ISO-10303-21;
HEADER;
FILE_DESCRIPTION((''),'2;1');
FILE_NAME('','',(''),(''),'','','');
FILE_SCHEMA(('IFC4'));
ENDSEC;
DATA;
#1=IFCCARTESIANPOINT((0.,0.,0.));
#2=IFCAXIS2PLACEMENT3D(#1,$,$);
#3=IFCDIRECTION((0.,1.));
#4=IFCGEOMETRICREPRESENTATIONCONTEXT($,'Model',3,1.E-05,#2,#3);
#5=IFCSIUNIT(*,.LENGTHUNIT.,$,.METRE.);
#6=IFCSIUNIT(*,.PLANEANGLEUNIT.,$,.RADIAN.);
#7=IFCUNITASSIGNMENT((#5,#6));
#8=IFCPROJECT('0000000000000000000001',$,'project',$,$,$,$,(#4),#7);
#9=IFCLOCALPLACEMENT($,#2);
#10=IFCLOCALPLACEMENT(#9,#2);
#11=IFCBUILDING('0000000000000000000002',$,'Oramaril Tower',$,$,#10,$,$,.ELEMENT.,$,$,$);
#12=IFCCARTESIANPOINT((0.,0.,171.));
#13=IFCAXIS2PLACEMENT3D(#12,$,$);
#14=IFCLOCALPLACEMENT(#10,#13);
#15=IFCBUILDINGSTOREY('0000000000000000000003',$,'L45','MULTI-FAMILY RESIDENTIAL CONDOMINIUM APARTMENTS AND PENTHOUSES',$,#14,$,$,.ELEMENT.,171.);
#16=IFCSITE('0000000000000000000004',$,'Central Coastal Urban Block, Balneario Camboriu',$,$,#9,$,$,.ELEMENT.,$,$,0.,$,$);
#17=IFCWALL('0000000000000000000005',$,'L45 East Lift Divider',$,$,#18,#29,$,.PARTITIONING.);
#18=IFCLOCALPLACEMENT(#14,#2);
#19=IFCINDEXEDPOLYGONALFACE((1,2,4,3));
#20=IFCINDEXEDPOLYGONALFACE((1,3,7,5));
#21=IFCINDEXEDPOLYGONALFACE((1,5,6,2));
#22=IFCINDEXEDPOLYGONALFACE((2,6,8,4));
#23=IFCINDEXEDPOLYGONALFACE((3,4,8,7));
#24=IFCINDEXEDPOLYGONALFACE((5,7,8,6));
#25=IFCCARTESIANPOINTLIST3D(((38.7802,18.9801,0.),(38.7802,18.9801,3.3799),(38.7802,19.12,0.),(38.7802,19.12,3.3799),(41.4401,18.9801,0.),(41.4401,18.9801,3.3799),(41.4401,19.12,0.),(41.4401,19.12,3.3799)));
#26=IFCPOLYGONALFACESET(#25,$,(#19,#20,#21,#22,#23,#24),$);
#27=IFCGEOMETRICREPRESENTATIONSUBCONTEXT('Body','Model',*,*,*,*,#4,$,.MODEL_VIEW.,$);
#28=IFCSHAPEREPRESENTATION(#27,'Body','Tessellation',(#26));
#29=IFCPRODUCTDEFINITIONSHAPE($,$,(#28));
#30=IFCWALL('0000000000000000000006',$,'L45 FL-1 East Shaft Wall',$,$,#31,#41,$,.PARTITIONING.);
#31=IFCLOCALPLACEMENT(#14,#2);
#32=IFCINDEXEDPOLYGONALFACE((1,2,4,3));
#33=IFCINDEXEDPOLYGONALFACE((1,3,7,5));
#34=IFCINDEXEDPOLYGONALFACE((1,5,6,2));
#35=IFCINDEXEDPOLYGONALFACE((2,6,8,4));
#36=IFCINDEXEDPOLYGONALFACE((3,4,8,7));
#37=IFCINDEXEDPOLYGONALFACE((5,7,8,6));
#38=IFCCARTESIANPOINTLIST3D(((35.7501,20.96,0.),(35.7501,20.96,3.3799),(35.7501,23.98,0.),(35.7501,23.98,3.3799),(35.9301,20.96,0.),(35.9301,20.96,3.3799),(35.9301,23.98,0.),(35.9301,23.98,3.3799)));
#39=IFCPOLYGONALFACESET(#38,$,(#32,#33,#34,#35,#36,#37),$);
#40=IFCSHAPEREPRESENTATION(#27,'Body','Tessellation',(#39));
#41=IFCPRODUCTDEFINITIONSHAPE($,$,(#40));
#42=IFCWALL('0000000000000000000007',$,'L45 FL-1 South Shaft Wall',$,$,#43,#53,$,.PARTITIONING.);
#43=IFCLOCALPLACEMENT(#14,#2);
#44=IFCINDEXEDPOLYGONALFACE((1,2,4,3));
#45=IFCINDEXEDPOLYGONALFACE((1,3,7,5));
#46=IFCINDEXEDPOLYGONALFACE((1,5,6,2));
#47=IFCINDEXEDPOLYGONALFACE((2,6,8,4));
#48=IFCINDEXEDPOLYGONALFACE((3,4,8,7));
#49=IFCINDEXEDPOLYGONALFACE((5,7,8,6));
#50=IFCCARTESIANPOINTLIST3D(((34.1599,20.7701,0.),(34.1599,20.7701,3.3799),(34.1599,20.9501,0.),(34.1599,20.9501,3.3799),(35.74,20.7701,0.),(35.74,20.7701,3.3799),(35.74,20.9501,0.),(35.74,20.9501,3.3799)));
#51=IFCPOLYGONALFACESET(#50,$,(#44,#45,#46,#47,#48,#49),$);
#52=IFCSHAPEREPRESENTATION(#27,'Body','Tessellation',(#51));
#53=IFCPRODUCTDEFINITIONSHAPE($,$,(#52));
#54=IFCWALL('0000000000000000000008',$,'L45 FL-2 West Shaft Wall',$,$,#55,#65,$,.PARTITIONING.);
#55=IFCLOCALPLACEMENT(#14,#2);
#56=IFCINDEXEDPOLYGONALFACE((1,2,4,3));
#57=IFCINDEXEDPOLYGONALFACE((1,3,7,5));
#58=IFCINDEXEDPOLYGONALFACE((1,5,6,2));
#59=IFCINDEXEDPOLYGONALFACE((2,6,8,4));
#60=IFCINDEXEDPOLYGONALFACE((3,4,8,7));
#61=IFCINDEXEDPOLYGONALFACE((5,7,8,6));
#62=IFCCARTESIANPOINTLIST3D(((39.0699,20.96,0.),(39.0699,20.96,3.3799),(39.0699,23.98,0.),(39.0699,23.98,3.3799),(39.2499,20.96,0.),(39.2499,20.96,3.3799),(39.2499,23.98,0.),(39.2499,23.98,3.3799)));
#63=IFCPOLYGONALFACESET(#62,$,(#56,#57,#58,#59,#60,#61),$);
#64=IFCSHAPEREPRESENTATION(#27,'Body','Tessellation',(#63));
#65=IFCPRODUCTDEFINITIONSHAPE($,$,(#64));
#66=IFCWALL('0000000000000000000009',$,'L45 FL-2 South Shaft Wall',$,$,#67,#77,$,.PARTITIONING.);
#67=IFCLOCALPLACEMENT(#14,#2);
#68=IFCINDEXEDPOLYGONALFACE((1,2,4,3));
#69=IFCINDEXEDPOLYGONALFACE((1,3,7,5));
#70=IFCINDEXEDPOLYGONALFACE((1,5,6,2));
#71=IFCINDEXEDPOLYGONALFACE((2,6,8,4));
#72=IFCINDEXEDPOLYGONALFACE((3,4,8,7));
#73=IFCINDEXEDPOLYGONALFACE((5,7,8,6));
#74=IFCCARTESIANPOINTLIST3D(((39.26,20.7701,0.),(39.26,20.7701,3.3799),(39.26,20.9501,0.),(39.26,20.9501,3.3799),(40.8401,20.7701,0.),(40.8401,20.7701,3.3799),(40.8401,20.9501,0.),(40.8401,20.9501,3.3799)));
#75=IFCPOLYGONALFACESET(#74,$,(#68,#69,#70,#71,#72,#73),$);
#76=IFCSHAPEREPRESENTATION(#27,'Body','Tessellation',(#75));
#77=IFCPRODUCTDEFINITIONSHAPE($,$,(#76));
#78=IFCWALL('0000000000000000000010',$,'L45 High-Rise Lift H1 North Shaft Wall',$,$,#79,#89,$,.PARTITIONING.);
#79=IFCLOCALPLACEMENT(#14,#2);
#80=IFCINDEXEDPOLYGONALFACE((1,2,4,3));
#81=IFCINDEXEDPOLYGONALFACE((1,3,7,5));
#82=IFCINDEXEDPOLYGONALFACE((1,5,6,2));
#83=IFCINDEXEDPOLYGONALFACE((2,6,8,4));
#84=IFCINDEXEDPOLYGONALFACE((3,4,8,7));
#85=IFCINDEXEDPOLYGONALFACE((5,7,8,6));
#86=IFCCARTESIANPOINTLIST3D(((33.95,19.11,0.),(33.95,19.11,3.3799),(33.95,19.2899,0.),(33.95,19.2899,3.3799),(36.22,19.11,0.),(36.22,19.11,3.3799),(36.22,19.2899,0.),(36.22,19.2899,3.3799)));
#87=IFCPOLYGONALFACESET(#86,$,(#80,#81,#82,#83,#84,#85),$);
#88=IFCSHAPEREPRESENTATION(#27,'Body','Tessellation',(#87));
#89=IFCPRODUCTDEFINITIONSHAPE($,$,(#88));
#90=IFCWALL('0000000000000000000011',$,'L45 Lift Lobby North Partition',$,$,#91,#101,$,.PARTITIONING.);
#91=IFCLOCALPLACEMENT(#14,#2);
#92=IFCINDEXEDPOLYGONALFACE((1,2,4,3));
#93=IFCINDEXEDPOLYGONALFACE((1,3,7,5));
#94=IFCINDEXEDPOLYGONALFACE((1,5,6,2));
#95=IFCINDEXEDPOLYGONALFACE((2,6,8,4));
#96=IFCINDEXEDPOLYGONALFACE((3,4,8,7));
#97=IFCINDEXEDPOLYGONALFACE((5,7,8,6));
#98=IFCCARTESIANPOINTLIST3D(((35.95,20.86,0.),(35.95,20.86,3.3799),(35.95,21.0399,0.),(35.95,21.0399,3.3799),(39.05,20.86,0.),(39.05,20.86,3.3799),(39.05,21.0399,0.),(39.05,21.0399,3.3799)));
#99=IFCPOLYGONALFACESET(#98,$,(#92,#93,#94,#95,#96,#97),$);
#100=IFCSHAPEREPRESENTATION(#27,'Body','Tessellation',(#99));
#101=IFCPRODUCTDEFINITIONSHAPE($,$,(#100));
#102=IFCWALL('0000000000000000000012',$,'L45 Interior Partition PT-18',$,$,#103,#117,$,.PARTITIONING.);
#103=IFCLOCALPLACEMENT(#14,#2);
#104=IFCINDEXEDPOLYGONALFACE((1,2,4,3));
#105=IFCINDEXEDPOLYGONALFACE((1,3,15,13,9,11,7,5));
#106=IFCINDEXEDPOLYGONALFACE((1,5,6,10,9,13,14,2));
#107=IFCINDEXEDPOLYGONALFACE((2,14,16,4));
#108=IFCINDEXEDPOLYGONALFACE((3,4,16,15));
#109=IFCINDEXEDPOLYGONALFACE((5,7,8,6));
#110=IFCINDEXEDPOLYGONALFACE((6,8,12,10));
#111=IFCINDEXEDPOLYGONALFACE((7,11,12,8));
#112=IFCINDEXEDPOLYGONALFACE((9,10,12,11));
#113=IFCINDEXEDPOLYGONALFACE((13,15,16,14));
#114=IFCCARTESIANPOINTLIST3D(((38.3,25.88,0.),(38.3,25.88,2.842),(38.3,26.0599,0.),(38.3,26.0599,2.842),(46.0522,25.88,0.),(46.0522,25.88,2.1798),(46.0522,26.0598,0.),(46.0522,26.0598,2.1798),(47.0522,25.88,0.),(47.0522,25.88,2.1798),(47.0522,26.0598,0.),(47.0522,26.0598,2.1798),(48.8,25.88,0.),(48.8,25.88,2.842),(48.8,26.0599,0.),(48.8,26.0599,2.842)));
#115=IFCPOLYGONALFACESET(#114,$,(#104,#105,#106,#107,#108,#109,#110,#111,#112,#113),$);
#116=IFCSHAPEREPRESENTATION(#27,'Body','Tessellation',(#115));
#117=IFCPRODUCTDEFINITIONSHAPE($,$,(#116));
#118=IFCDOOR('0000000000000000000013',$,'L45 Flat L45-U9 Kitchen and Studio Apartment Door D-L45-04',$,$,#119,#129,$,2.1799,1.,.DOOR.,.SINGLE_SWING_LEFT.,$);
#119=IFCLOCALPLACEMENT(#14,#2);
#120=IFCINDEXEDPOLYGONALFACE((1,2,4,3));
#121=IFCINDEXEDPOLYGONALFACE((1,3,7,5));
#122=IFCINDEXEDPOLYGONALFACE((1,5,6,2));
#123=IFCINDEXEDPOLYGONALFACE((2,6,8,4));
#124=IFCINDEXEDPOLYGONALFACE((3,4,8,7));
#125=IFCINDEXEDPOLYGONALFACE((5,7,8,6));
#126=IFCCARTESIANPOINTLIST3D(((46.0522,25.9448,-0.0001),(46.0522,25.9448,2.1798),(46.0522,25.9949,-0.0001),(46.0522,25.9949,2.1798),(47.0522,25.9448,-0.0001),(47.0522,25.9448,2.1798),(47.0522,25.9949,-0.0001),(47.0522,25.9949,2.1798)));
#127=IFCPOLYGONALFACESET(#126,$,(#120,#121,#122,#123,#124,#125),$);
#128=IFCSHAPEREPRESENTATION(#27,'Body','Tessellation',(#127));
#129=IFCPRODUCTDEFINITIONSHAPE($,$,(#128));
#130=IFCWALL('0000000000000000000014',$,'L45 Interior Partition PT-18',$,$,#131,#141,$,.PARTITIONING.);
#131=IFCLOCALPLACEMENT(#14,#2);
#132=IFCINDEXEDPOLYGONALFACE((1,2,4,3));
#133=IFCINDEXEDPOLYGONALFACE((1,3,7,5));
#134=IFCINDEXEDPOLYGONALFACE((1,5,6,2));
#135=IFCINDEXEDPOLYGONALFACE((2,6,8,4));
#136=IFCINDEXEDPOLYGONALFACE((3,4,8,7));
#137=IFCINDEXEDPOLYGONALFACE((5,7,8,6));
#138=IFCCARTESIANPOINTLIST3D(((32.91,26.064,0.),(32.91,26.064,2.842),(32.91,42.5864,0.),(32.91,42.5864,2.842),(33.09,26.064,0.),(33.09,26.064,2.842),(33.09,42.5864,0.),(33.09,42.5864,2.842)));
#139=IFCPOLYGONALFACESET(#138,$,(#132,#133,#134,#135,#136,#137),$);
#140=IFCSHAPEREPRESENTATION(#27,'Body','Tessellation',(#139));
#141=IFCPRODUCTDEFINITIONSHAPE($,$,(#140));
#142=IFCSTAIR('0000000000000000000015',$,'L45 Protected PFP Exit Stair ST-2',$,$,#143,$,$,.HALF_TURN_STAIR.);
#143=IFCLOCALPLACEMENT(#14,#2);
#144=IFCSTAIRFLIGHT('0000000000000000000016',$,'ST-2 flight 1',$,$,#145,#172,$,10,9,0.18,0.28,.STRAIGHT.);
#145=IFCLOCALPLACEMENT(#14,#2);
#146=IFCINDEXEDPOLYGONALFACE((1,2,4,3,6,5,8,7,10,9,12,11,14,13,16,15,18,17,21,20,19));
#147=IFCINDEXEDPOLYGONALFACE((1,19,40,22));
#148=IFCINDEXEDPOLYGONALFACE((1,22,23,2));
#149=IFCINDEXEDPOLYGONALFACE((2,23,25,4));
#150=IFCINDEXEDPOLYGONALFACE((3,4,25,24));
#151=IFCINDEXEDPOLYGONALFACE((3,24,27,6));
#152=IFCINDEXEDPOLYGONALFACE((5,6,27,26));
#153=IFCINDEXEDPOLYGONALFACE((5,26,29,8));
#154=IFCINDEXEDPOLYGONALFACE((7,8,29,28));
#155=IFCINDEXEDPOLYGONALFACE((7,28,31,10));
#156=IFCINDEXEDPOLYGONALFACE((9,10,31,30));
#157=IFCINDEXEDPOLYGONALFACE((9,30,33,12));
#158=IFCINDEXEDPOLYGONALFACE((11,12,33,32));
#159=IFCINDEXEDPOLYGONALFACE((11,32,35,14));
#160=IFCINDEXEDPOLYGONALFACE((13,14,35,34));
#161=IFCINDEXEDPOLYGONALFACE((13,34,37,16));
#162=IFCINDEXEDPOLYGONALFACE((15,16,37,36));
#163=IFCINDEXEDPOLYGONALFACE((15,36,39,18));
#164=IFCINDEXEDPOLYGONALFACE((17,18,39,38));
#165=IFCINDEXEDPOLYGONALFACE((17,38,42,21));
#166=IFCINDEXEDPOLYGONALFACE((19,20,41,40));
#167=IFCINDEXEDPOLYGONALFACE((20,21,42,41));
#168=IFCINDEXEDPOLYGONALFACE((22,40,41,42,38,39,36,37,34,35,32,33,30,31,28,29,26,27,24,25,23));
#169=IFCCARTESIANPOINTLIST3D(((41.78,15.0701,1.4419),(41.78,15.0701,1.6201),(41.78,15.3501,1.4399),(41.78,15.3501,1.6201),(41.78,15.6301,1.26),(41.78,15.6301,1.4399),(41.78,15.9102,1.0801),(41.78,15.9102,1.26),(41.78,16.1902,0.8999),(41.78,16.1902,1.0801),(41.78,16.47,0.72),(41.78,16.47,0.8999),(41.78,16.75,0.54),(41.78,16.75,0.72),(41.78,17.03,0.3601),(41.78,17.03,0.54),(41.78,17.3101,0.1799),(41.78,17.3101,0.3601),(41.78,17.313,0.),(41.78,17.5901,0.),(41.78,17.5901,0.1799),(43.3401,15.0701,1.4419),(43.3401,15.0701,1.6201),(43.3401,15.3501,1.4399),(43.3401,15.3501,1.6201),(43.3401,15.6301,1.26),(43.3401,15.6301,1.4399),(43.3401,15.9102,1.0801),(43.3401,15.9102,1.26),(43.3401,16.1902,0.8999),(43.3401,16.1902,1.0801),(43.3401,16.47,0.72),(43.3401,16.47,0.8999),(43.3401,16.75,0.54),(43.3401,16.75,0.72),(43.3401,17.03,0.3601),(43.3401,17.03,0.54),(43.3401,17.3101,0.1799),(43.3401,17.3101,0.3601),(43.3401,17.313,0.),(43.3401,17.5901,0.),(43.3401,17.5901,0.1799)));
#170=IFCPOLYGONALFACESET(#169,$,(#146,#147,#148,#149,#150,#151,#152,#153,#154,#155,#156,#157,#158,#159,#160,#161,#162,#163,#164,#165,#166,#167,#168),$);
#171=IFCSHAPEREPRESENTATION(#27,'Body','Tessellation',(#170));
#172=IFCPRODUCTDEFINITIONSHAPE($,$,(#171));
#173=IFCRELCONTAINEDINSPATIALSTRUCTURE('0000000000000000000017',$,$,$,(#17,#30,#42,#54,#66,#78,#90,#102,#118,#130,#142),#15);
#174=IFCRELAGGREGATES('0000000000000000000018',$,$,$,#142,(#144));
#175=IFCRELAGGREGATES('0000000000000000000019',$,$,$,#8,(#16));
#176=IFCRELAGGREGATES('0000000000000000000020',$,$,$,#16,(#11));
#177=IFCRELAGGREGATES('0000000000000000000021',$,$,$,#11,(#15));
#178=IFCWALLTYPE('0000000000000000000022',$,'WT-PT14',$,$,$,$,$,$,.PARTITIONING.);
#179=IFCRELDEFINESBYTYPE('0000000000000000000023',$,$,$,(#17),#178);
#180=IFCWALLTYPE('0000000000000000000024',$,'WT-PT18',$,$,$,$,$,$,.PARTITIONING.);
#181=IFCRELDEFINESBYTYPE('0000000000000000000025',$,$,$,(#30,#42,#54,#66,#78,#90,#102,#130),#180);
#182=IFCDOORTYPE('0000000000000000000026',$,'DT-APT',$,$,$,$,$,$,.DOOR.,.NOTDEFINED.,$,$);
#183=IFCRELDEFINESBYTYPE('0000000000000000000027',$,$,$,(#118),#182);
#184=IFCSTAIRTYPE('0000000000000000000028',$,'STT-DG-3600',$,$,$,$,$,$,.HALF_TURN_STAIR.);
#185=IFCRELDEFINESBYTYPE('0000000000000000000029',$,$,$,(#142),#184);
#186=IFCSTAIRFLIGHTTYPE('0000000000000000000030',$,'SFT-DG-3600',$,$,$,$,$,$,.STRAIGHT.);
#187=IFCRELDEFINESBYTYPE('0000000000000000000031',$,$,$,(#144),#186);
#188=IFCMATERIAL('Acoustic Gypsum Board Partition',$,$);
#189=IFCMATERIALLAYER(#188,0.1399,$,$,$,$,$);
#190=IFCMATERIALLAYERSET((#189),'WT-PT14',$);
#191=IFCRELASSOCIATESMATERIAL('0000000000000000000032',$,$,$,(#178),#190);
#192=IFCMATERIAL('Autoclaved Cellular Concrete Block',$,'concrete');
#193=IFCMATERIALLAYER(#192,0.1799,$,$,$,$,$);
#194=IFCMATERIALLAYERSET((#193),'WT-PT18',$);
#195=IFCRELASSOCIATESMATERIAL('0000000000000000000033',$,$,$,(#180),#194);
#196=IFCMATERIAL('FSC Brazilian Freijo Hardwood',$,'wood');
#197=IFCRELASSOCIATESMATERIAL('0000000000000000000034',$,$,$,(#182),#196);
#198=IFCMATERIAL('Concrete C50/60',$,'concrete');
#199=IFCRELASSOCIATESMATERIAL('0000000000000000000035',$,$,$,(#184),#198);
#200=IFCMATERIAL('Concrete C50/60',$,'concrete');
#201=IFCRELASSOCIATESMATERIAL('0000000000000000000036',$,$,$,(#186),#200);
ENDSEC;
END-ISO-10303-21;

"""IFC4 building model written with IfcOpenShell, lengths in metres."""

from ifc_helpers import new_model, si_unit, direction, frame, frame_2d, origin, place, context, subcontext, project, spatial, polyline, rectangle, outline, extrude, material, layer, layer_set, type_object, element, fill, aggregate, save


model = new_model("IFC4")

# Units and contexts
model_context = context("Model", 3, precision=1e-05, world=origin(), true_north=direction((0.0, 1.0)))
body_context = subcontext(model_context, "Body", "Model", "MODEL_VIEW")
ifc_project = project(units=[si_unit("LENGTHUNIT", "METRE"), si_unit("PLANEANGLEUNIT", "RADIAN")], contexts=[model_context])

# Site, building, storey
site_placement = place(None, origin())
site = spatial("IfcSite", under=ifc_project, at=site_placement, Name="Central Coastal Urban Block, Balneario Camboriu", CompositionType="ELEMENT", RefElevation=0.0)
building_placement = place(site_placement, origin())
building = spatial("IfcBuilding", under=site, at=building_placement, Name="Oramaril Tower", CompositionType="ELEMENT")
storey_placement = place(building_placement, frame((0.0, 0.0, 171.0)))
storey = spatial("IfcBuildingStorey", under=building, at=storey_placement, Name="L45", Description="MULTI-FAMILY RESIDENTIAL CONDOMINIUM APARTMENTS AND PENTHOUSES", CompositionType="ELEMENT", Elevation=171.0)

# Walls
ifc_material_1 = material(Name="Acoustic Gypsum Board Partition")
ifc_layer_1 = layer(ifc_material_1, 0.1399)
ifc_layer_set_1 = layer_set([ifc_layer_1], Name="WT-PT14")
wall_type_1 = type_object("IfcWallType", Name="WT-PT14", PredefinedType="PARTITIONING", material=ifc_layer_set_1)
wall_1_placement = place(storey_placement, frame((38.78, 19.05, 0.0), z_axis=(0.0, 0.0, 1.0), x_axis=(1.0, 0.0, 0.0)))
element("IfcWall", 1, at=wall_1_placement, inside=storey, type_object=wall_type_1, Name="L45 East Lift Divider", PredefinedType="PARTITIONING", context=body_context, shape_type="SweptSolid", body=[
    extrude(rectangle(XDim=2.6599, YDim=0.1399, at=frame_2d((1.3301, 0.0))), origin(), (0.0, 0.0, 1.0), 3.3799),
])
ifc_material_2 = material(Name="Autoclaved Cellular Concrete Block", Category="concrete")
ifc_layer_2 = layer(ifc_material_2, 0.1799)
ifc_layer_set_2 = layer_set([ifc_layer_2], Name="WT-PT18")
wall_type_2 = type_object("IfcWallType", Name="WT-PT18", PredefinedType="PARTITIONING", material=ifc_layer_set_2)
wall_2_placement = place(storey_placement, frame((35.8401, 20.96, 0.0), z_axis=(0.0, 0.0, 1.0), x_axis=(0.0, 1.0, 0.0)))
element("IfcWall", 2, at=wall_2_placement, inside=storey, type_object=wall_type_2, Name="L45 FL-1 East Shaft Wall", PredefinedType="PARTITIONING", context=body_context, shape_type="SweptSolid", body=[
    extrude(rectangle(XDim=3.02, YDim=0.1799, at=frame_2d((1.51, 0.0))), origin(), (0.0, 0.0, 1.0), 3.3799),
])
wall_3_placement = place(storey_placement, frame((34.1599, 20.8601, 0.0), z_axis=(0.0, 0.0, 1.0), x_axis=(1.0, 0.0, 0.0)))
element("IfcWall", 3, at=wall_3_placement, inside=storey, type_object=wall_type_2, Name="L45 FL-1 South Shaft Wall", PredefinedType="PARTITIONING", context=body_context, shape_type="SweptSolid", body=[
    extrude(rectangle(XDim=1.5801, YDim=0.1799, at=frame_2d((0.79, 0.0))), origin(), (0.0, 0.0, 1.0), 3.3799),
])
wall_4_placement = place(storey_placement, frame((39.1599, 20.96, 0.0), z_axis=(0.0, 0.0, 1.0), x_axis=(0.0, 1.0, 0.0)))
element("IfcWall", 4, at=wall_4_placement, inside=storey, type_object=wall_type_2, Name="L45 FL-2 West Shaft Wall", PredefinedType="PARTITIONING", context=body_context, shape_type="SweptSolid", body=[
    extrude(rectangle(XDim=3.02, YDim=0.1799, at=frame_2d((1.51, 0.0))), origin(), (0.0, 0.0, 1.0), 3.3799),
])
wall_5_placement = place(storey_placement, frame((39.26, 20.8601, 0.0), z_axis=(0.0, 0.0, 1.0), x_axis=(1.0, 0.0, 0.0)))
element("IfcWall", 5, at=wall_5_placement, inside=storey, type_object=wall_type_2, Name="L45 FL-2 South Shaft Wall", PredefinedType="PARTITIONING", context=body_context, shape_type="SweptSolid", body=[
    extrude(rectangle(XDim=1.5801, YDim=0.1799, at=frame_2d((0.79, 0.0))), origin(), (0.0, 0.0, 1.0), 3.3799),
])
wall_6_placement = place(storey_placement, frame((33.95, 19.2, 0.0), z_axis=(0.0, 0.0, 1.0), x_axis=(1.0, 0.0, 0.0)))
element("IfcWall", 6, at=wall_6_placement, inside=storey, type_object=wall_type_2, Name="L45 High-Rise Lift H1 North Shaft Wall", PredefinedType="PARTITIONING", context=body_context, shape_type="SweptSolid", body=[
    extrude(rectangle(XDim=2.27, YDim=0.1799, at=frame_2d((1.135, 0.0))), origin(), (0.0, 0.0, 1.0), 3.3799),
])
wall_7_placement = place(storey_placement, frame((35.95, 20.95, 0.0), z_axis=(0.0, 0.0, 1.0), x_axis=(1.0, 0.0, 0.0)))
element("IfcWall", 7, at=wall_7_placement, inside=storey, type_object=wall_type_2, Name="L45 Lift Lobby North Partition", PredefinedType="PARTITIONING", context=body_context, shape_type="SweptSolid", body=[
    extrude(rectangle(XDim=3.1001, YDim=0.1799, at=frame_2d((1.55, 0.0))), origin(), (0.0, 0.0, 1.0), 3.3799),
])

# Wall, opening, door
wall_8_placement = place(storey_placement, frame((38.3, 25.97, 0.0), z_axis=(0.0, 0.0, 1.0), x_axis=(1.0, 0.0, 0.0)))
wall_8 = element("IfcWall", 8, at=wall_8_placement, inside=storey, type_object=wall_type_2, Name="L45 Interior Partition PT-18", PredefinedType="PARTITIONING", context=body_context, shape_type="SweptSolid", body=[
    extrude(rectangle(XDim=10.5, YDim=0.1799, at=frame_2d((5.25, 0.0))), origin(), (0.0, 0.0, 1.0), 2.842),
])
opening_1_placement = place(wall_8_placement, frame((7.7522, 0.0, 0.0)))
opening_1 = element("IfcOpeningElement", 9, at=opening_1_placement, cuts=wall_8, PredefinedType="OPENING", context=body_context, shape_type="SweptSolid", body=[
    extrude(rectangle(XDim=1.0, YDim=2.1799, at=frame_2d((0.5, 1.0898))), frame((0.0, 0.0898, 0.0), z_axis=(0.0, -1.0, 0.0), x_axis=(1.0, 0.0, 0.0)), (0.0, 0.0, 1.0), 0.1799),
])
ifc_material_3 = material(Name="FSC Brazilian Freijo Hardwood", Category="wood")
door_type_1 = type_object("IfcDoorType", Name="DT-APT", OperationType="NOTDEFINED", PredefinedType="DOOR", material=ifc_material_3)
door_1_placement = place(opening_1_placement, origin())
door_1 = element("IfcDoor", 10, at=door_1_placement, inside=storey, type_object=door_type_1, Name="L45 Flat L45-U9 Kitchen and Studio Apartment Door D-L45-04", OperationType="SINGLE_SWING_LEFT", OverallHeight=2.1799, OverallWidth=1.0, PredefinedType="DOOR", context=body_context, shape_type="SweptSolid", body=[
    extrude(rectangle(XDim=1.0, YDim=2.1799, at=frame_2d((0.5, 1.0898))), frame((0.0, 0.0249, 0.0), z_axis=(0.0, -1.0, 0.0), x_axis=(1.0, 0.0, 0.0)), (0.0, 0.0, 1.0), 0.05),
])
fill(opening_1, door_1)

# Wall
wall_9_placement = place(storey_placement, frame((33.0, 26.064, 0.0), z_axis=(0.0, 0.0, 1.0), x_axis=(0.0, 1.0, 0.0)))
element("IfcWall", 11, at=wall_9_placement, inside=storey, type_object=wall_type_2, Name="L45 Interior Partition PT-18", PredefinedType="PARTITIONING", context=body_context, shape_type="SweptSolid", body=[
    extrude(rectangle(XDim=16.5225, YDim=0.1799, at=frame_2d((8.2612, 0.0))), origin(), (0.0, 0.0, 1.0), 2.842),
])

# Stair, stair flight
ifc_material_4 = material(Name="Concrete C50/60", Category="concrete")
stair_type = type_object("IfcStairType", Name="STT-DG-3600", PredefinedType="HALF_TURN_STAIR", material=ifc_material_4)
stair_placement = place(storey_placement, origin())
stair = element("IfcStair", 12, at=stair_placement, inside=storey, type_object=stair_type, Name="L45 Protected PFP Exit Stair ST-2", PredefinedType="HALF_TURN_STAIR")
ifc_material_5 = material(Name="Concrete C50/60", Category="concrete")
stair_flight_type = type_object("IfcStairFlightType", Name="SFT-DG-3600", PredefinedType="STRAIGHT", material=ifc_material_5)
stair_flight_placement = place(storey_placement, frame((42.5601, 17.5901, 0.0), z_axis=(0.0, 0.0, 1.0), x_axis=(0.0, -1.0, 0.0)))
stair_flight = element("IfcStairFlight", 13, at=stair_flight_placement, type_object=stair_flight_type, Name="ST-2 flight 1", NumberOfRisers=10, NumberOfTreads=9, PredefinedType="STRAIGHT", RiserHeight=0.18, TreadLength=0.28, context=body_context, shape_type="SweptSolid", body=[
    extrude(outline(polyline([(0.0, 0.0), (0.0, 0.1799), (0.28, 0.1799), (0.28, 0.3601), (0.5601, 0.3601), (0.5601, 0.54), (0.8401, 0.54), (0.8401, 0.72), (1.1201, 0.72), (1.1201, 0.8999), (1.3999, 0.8999), (1.3999, 1.0801), (1.6799, 1.0801), (1.6799, 1.26), (1.96, 1.26), (1.96, 1.4399), (2.24, 1.4399), (2.24, 1.6201), (2.52, 1.6201), (2.52, 1.8), (2.52, 1.4419), (0.2771, 0.0), (0.0, 0.0)])), frame((0.0, 0.78, 0.0), z_axis=(0.0, -1.0, 0.0), x_axis=(1.0, 0.0, 0.0)), (0.0, 0.0, 1.0), 1.5601),
])
aggregate(stair, [stair_flight])

save(model, "model.ifc")
